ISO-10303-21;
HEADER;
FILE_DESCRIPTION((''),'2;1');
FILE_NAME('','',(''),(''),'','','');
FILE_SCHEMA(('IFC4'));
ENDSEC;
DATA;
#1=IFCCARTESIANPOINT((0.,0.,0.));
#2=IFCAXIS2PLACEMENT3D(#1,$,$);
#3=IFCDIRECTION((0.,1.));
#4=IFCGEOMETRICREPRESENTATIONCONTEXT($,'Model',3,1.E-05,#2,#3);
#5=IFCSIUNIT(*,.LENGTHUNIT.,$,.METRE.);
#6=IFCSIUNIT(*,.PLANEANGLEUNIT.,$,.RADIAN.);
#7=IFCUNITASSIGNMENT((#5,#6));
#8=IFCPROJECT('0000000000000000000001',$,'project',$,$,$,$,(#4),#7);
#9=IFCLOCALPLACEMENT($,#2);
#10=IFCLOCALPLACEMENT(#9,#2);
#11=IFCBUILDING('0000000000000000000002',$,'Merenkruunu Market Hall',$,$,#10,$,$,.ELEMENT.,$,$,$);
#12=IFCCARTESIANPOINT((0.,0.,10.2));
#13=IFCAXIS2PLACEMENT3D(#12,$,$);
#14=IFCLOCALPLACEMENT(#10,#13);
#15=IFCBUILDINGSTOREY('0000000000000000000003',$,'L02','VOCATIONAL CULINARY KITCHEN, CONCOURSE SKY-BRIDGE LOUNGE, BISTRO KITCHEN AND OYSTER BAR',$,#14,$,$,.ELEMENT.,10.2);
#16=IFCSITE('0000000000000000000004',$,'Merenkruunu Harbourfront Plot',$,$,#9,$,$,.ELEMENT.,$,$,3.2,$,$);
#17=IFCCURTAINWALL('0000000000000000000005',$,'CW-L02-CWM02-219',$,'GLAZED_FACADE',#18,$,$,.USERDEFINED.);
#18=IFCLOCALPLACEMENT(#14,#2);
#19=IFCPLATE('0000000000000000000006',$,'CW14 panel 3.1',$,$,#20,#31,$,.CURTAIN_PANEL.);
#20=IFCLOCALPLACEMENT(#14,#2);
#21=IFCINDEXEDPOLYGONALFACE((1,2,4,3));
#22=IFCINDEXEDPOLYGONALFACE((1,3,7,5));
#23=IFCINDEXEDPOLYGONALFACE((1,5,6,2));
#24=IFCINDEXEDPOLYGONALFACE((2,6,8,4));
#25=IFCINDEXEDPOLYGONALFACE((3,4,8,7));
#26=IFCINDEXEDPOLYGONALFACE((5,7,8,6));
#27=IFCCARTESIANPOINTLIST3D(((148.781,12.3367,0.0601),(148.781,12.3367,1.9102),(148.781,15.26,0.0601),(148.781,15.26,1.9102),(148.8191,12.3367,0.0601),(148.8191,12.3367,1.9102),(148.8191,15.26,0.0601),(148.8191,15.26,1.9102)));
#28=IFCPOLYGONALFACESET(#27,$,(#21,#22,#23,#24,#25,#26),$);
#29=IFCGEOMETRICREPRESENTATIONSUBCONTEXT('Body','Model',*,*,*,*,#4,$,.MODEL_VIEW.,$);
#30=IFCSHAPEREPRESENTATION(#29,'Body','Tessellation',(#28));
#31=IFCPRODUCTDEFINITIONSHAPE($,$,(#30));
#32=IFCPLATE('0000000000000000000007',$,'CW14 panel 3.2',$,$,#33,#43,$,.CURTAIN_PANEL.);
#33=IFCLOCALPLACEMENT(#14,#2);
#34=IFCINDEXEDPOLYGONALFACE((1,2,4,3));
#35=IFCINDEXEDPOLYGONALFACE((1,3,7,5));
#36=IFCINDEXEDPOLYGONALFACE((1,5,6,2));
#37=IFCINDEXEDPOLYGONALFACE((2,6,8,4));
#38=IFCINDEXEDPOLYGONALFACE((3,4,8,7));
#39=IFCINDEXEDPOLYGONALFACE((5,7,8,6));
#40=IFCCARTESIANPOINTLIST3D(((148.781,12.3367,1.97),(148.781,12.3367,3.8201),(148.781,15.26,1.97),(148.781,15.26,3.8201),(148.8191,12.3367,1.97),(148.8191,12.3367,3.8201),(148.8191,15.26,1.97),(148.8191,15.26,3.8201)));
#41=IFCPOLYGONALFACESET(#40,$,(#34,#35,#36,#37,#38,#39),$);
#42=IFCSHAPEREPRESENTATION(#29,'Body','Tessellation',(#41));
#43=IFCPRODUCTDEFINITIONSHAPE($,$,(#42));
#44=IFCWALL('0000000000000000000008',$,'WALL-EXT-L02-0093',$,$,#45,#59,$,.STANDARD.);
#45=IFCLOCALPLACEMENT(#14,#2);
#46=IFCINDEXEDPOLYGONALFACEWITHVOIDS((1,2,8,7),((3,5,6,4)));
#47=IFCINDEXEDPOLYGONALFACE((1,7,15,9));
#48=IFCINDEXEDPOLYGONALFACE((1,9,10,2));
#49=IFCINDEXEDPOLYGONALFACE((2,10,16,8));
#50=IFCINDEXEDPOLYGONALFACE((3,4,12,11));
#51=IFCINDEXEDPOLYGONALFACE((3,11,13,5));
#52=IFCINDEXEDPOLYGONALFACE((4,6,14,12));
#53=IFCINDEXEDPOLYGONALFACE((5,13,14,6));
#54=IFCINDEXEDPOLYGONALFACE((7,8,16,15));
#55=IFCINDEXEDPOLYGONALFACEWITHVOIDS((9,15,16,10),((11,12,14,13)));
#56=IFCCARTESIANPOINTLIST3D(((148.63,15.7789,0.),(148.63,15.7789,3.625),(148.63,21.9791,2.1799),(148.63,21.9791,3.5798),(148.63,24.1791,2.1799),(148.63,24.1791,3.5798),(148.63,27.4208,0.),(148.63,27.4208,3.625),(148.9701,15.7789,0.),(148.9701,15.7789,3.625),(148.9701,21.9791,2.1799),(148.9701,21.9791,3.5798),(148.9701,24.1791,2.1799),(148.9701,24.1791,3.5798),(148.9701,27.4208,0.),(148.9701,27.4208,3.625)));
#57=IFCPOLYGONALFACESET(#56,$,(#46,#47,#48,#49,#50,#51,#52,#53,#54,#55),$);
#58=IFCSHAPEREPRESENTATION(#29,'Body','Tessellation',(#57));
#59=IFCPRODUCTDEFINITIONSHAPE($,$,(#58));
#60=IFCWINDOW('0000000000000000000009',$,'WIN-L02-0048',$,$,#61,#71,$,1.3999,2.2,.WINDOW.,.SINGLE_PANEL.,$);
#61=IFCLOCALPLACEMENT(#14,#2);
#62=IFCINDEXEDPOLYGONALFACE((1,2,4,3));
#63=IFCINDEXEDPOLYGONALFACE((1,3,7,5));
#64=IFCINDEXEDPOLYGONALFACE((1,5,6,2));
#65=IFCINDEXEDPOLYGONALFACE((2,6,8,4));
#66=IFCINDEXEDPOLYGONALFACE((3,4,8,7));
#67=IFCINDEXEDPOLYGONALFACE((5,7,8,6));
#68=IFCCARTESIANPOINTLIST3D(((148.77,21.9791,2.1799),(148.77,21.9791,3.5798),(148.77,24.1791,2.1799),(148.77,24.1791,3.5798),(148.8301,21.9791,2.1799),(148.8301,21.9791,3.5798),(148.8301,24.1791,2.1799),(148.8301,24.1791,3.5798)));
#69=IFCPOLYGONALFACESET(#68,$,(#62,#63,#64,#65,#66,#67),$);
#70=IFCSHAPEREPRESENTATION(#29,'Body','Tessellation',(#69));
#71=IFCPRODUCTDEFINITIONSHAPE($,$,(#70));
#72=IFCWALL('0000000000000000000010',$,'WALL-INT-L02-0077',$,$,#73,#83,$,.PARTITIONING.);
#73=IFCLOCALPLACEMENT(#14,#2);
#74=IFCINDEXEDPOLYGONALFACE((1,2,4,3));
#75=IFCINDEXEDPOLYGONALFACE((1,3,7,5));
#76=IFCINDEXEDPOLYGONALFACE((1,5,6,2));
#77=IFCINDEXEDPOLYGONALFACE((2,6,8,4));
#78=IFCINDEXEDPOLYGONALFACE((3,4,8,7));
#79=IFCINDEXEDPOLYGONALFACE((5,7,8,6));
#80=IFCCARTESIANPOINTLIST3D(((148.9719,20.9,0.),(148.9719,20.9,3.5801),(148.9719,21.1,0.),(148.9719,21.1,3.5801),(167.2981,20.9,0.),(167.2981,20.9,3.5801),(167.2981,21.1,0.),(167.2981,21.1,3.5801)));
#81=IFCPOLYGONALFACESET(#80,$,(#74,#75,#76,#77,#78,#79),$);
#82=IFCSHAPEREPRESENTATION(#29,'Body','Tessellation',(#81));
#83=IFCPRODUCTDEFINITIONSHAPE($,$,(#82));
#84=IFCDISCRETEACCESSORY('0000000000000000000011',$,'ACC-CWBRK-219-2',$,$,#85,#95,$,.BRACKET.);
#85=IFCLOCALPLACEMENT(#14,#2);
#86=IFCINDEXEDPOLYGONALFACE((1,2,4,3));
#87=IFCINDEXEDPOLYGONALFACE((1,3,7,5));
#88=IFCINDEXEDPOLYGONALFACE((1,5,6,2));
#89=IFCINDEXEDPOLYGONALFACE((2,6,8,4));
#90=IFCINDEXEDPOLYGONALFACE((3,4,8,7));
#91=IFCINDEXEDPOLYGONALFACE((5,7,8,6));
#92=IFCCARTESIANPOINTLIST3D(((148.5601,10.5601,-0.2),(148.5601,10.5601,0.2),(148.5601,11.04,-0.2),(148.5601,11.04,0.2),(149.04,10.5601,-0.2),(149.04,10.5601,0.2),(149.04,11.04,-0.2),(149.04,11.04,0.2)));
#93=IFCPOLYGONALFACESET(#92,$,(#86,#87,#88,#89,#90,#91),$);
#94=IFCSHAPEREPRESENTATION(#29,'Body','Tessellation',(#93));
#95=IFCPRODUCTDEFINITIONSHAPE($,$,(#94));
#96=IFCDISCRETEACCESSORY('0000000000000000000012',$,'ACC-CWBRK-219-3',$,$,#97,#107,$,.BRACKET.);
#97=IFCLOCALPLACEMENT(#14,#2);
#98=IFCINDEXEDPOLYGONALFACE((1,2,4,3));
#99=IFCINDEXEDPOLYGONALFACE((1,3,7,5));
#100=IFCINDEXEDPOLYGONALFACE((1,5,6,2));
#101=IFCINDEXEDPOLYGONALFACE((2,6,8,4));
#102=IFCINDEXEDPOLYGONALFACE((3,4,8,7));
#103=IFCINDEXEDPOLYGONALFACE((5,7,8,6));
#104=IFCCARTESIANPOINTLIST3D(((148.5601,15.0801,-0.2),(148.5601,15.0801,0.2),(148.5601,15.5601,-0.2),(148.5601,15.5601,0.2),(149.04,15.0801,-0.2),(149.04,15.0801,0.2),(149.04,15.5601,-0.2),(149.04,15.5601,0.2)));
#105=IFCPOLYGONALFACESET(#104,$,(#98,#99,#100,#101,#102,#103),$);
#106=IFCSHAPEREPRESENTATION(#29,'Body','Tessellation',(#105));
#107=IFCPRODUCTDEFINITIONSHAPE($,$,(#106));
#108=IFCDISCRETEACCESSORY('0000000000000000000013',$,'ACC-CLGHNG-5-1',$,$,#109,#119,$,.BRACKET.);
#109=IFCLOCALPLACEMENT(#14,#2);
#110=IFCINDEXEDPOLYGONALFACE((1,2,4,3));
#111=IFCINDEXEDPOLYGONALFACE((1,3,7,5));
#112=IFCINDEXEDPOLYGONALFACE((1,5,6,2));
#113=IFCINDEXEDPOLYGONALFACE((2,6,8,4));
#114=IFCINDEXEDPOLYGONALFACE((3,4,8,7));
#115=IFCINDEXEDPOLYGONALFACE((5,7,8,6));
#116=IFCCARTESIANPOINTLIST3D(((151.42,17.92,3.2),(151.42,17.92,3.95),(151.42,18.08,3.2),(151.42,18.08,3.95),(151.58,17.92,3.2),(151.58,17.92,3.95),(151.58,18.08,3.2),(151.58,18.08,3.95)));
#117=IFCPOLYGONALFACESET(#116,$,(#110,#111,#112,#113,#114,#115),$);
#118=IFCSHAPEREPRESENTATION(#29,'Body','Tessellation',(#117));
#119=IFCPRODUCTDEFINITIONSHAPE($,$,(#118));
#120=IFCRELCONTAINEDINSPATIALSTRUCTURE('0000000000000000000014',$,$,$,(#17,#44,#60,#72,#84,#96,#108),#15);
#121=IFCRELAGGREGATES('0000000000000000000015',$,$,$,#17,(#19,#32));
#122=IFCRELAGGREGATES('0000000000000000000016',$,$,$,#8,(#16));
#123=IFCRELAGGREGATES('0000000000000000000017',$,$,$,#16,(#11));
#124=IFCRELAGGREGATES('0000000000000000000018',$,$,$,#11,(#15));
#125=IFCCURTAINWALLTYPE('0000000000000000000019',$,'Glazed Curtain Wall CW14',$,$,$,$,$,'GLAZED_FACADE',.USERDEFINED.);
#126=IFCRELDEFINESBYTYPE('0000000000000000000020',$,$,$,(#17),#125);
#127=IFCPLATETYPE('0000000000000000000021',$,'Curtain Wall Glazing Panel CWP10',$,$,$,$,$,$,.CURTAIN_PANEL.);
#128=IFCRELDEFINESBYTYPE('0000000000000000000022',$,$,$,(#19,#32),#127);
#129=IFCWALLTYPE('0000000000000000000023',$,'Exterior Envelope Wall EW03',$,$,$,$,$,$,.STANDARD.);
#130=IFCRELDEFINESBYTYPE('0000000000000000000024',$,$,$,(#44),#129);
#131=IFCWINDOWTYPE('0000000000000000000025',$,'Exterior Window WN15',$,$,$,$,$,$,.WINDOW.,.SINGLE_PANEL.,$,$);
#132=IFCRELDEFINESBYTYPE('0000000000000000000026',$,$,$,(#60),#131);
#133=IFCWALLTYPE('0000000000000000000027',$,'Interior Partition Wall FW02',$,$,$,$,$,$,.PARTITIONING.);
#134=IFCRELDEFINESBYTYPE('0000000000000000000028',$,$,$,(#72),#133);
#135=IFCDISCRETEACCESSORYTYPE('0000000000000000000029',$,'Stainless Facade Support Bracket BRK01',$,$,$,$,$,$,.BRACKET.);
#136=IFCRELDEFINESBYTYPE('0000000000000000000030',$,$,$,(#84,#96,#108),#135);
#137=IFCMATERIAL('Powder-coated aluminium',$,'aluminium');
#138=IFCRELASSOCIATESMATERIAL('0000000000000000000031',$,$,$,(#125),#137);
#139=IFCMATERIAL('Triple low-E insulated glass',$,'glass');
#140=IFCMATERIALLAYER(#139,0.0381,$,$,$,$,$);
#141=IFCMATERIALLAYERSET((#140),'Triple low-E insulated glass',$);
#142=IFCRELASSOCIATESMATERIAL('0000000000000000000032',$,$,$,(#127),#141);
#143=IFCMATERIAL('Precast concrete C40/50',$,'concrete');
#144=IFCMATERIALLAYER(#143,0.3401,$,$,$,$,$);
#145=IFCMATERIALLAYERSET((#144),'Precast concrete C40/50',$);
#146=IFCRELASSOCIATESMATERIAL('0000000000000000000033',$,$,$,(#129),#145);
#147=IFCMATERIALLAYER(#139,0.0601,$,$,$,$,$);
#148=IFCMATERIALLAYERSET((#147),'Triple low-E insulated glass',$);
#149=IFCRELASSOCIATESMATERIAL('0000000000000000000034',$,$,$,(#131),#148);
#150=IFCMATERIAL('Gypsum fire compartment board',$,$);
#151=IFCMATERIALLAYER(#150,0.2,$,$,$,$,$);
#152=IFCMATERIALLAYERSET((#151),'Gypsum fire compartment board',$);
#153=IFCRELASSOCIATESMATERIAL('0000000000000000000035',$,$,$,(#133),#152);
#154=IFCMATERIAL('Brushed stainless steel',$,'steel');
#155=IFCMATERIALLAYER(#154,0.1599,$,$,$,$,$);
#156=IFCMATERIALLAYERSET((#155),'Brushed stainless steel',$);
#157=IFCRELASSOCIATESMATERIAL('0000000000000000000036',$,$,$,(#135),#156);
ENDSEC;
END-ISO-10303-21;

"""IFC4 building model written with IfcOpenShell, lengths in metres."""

from ifc_helpers import new_model, si_unit, direction, frame, frame_2d, origin, origin_2d, place, context, subcontext, project, spatial, rectangle, extrude, material, layer, layer_set, type_object, element, fill, aggregate, save


model = new_model("IFC4")

# Units and contexts
model_context = context("Model", 3, precision=1e-05, world=origin(), true_north=direction((0.0, 1.0)))
body_context = subcontext(model_context, "Body", "Model", "MODEL_VIEW")
ifc_project = project(units=[si_unit("LENGTHUNIT", "METRE"), si_unit("PLANEANGLEUNIT", "RADIAN")], contexts=[model_context])

# Site, building, storey
site_placement = place(None, origin())
site = spatial("IfcSite", under=ifc_project, at=site_placement, Name="Merenkruunu Harbourfront Plot", CompositionType="ELEMENT", RefElevation=3.2)
building_placement = place(site_placement, origin())
building = spatial("IfcBuilding", under=site, at=building_placement, Name="Merenkruunu Market Hall", CompositionType="ELEMENT")
storey_placement = place(building_placement, frame((0.0, 0.0, 10.2)))
storey = spatial("IfcBuildingStorey", under=building, at=storey_placement, Name="L02", Description="VOCATIONAL CULINARY KITCHEN, CONCOURSE SKY-BRIDGE LOUNGE, BISTRO KITCHEN AND OYSTER BAR", CompositionType="ELEMENT", Elevation=10.2)

# Curtain wall
ifc_material_1 = material(Name="Powder-coated aluminium", Category="aluminium")
curtain_wall_type = type_object("IfcCurtainWallType", Name="Glazed Curtain Wall CW14", ElementType="GLAZED_FACADE", PredefinedType="USERDEFINED", material=ifc_material_1)
curtain_wall_placement = place(storey_placement, origin())
curtain_wall = element("IfcCurtainWall", 1, at=curtain_wall_placement, inside=storey, type_object=curtain_wall_type, Name="CW-L02-CWM02-219", ObjectType="GLAZED_FACADE", PredefinedType="USERDEFINED")

# Plates
ifc_material_2 = material(Name="Triple low-E insulated glass", Category="glass")
ifc_layer_1 = layer(ifc_material_2, 0.0381)
ifc_layer_set_1 = layer_set([ifc_layer_1], Name="Triple low-E insulated glass")
plate_type = type_object("IfcPlateType", Name="Curtain Wall Glazing Panel CWP10", PredefinedType="CURTAIN_PANEL", material=ifc_layer_set_1)
plate_1_placement = place(storey_placement, frame((148.8, 13.7983, 0.0601), z_axis=(0.0, 0.0, 1.0), x_axis=(0.0, 1.0, 0.0)))
plate_1 = element("IfcPlate", 2, at=plate_1_placement, type_object=plate_type, Name="CW14 panel 3.1", PredefinedType="CURTAIN_PANEL", context=body_context, shape_type="SweptSolid", body=[
    extrude(rectangle(XDim=2.9233, YDim=0.0381, at=origin_2d()), origin(), (0.0, 0.0, 1.0), 1.8501),
])
plate_2_placement = place(storey_placement, frame((148.8, 13.7983, 1.97), z_axis=(0.0, 0.0, 1.0), x_axis=(0.0, 1.0, 0.0)))
plate_2 = element("IfcPlate", 3, at=plate_2_placement, type_object=plate_type, Name="CW14 panel 3.2", PredefinedType="CURTAIN_PANEL", context=body_context, shape_type="SweptSolid", body=[
    extrude(rectangle(XDim=2.9233, YDim=0.0381, at=origin_2d()), origin(), (0.0, 0.0, 1.0), 1.8501),
])
aggregate(curtain_wall, [plate_1, plate_2])

# Wall, opening, window
ifc_material_3 = material(Name="Precast concrete C40/50", Category="concrete")
ifc_layer_2 = layer(ifc_material_3, 0.3401)
ifc_layer_set_2 = layer_set([ifc_layer_2], Name="Precast concrete C40/50")
wall_type_1 = type_object("IfcWallType", Name="Exterior Envelope Wall EW03", PredefinedType="STANDARD", material=ifc_layer_set_2)
wall_1_placement = place(storey_placement, frame((148.8, 15.7791, 0.0), z_axis=(0.0, 0.0, 1.0), x_axis=(0.0, 1.0, 0.0)))
wall_1 = element("IfcWall", 4, at=wall_1_placement, inside=storey, type_object=wall_type_1, Name="WALL-EXT-L02-0093", PredefinedType="STANDARD", context=body_context, shape_type="SweptSolid", body=[
    extrude(rectangle(XDim=11.6418, YDim=0.3401, at=frame_2d((5.8208, 0.0))), origin(), (0.0, 0.0, 1.0), 3.625),
])
opening_placement = place(wall_1_placement, frame((6.2, 0.0, 2.1799)))
opening = element("IfcOpeningElement", 5, at=opening_placement, cuts=wall_1, PredefinedType="OPENING", context=body_context, shape_type="SweptSolid", body=[
    extrude(rectangle(XDim=2.2, YDim=1.3999, at=frame_2d((1.1001, 0.7))), frame((0.0, 0.1802, 0.0), z_axis=(0.0, -1.0, 0.0), x_axis=(1.0, 0.0, 0.0)), (0.0, 0.0, 1.0), 0.3601),
])
ifc_layer_3 = layer(ifc_material_2, 0.0601)
ifc_layer_set_3 = layer_set([ifc_layer_3], Name="Triple low-E insulated glass")
window_type = type_object("IfcWindowType", Name="Exterior Window WN15", PartitioningType="SINGLE_PANEL", PredefinedType="WINDOW", material=ifc_layer_set_3)
window_placement = place(opening_placement, origin())
window = element("IfcWindow", 6, at=window_placement, inside=storey, type_object=window_type, Name="WIN-L02-0048", OverallHeight=1.3999, OverallWidth=2.2, PartitioningType="SINGLE_PANEL", PredefinedType="WINDOW", context=body_context, shape_type="SweptSolid", body=[
    extrude(rectangle(XDim=2.2, YDim=1.3999, at=frame_2d((1.1001, 0.7))), frame((0.0, 0.03, 0.0), z_axis=(0.0, -1.0, 0.0), x_axis=(1.0, 0.0, 0.0)), (0.0, 0.0, 1.0), 0.0601),
])
fill(opening, window)

# Wall
ifc_material_4 = material(Name="Gypsum fire compartment board")
ifc_layer_4 = layer(ifc_material_4, 0.2)
ifc_layer_set_4 = layer_set([ifc_layer_4], Name="Gypsum fire compartment board")
wall_type_2 = type_object("IfcWallType", Name="Interior Partition Wall FW02", PredefinedType="PARTITIONING", material=ifc_layer_set_4)
wall_2_placement = place(storey_placement, frame((148.9719, 21.0, 0.0), z_axis=(0.0, 0.0, 1.0), x_axis=(1.0, 0.0, 0.0)))
element("IfcWall", 7, at=wall_2_placement, inside=storey, type_object=wall_type_2, Name="WALL-INT-L02-0077", PredefinedType="PARTITIONING", context=body_context, shape_type="SweptSolid", body=[
    extrude(rectangle(XDim=18.3262, YDim=0.2, at=frame_2d((9.1631, 0.0))), origin(), (0.0, 0.0, 1.0), 3.5801),
])

# Discrete accessories
ifc_material_5 = material(Name="Brushed stainless steel", Category="steel")
ifc_layer_5 = layer(ifc_material_5, 0.1599)
ifc_layer_set_5 = layer_set([ifc_layer_5], Name="Brushed stainless steel")
discrete_accessory_type = type_object("IfcDiscreteAccessoryType", Name="Stainless Facade Support Bracket BRK01", PredefinedType="BRACKET", material=ifc_layer_set_5)
for number, where, z_axis, x_axis, name in (
    (8, (148.8, 10.8, -0.2), (0.0, 0.0, 1.0), (1.0, 0.0, 0.0), "ACC-CWBRK-219-2"),
    (9, (148.8, 15.3201, -0.2), (0.0, 0.0, 1.0), (1.0, 0.0, 0.0), "ACC-CWBRK-219-3"),
):
    element("IfcDiscreteAccessory", number, at=place(storey_placement, frame(where, z_axis=z_axis, x_axis=x_axis)), inside=storey, type_object=discrete_accessory_type, Name=name, PredefinedType="BRACKET", context=body_context, shape_type="SweptSolid", body=[
        extrude(rectangle(XDim=0.48, YDim=0.48, at=origin_2d()), origin(), (0.0, 0.0, 1.0), 0.3999),
    ])
discrete_accessory_placement = place(storey_placement, frame((151.5, 18.0, 3.2), z_axis=(0.0, 0.0, 1.0), x_axis=(1.0, 0.0, 0.0)))
element("IfcDiscreteAccessory", 10, at=discrete_accessory_placement, inside=storey, type_object=discrete_accessory_type, Name="ACC-CLGHNG-5-1", PredefinedType="BRACKET", context=body_context, shape_type="SweptSolid", body=[
    extrude(rectangle(XDim=0.1599, YDim=0.1599, at=origin_2d()), origin(), (0.0, 0.0, 1.0), 0.75),
])

save(model, "model.ifc")
